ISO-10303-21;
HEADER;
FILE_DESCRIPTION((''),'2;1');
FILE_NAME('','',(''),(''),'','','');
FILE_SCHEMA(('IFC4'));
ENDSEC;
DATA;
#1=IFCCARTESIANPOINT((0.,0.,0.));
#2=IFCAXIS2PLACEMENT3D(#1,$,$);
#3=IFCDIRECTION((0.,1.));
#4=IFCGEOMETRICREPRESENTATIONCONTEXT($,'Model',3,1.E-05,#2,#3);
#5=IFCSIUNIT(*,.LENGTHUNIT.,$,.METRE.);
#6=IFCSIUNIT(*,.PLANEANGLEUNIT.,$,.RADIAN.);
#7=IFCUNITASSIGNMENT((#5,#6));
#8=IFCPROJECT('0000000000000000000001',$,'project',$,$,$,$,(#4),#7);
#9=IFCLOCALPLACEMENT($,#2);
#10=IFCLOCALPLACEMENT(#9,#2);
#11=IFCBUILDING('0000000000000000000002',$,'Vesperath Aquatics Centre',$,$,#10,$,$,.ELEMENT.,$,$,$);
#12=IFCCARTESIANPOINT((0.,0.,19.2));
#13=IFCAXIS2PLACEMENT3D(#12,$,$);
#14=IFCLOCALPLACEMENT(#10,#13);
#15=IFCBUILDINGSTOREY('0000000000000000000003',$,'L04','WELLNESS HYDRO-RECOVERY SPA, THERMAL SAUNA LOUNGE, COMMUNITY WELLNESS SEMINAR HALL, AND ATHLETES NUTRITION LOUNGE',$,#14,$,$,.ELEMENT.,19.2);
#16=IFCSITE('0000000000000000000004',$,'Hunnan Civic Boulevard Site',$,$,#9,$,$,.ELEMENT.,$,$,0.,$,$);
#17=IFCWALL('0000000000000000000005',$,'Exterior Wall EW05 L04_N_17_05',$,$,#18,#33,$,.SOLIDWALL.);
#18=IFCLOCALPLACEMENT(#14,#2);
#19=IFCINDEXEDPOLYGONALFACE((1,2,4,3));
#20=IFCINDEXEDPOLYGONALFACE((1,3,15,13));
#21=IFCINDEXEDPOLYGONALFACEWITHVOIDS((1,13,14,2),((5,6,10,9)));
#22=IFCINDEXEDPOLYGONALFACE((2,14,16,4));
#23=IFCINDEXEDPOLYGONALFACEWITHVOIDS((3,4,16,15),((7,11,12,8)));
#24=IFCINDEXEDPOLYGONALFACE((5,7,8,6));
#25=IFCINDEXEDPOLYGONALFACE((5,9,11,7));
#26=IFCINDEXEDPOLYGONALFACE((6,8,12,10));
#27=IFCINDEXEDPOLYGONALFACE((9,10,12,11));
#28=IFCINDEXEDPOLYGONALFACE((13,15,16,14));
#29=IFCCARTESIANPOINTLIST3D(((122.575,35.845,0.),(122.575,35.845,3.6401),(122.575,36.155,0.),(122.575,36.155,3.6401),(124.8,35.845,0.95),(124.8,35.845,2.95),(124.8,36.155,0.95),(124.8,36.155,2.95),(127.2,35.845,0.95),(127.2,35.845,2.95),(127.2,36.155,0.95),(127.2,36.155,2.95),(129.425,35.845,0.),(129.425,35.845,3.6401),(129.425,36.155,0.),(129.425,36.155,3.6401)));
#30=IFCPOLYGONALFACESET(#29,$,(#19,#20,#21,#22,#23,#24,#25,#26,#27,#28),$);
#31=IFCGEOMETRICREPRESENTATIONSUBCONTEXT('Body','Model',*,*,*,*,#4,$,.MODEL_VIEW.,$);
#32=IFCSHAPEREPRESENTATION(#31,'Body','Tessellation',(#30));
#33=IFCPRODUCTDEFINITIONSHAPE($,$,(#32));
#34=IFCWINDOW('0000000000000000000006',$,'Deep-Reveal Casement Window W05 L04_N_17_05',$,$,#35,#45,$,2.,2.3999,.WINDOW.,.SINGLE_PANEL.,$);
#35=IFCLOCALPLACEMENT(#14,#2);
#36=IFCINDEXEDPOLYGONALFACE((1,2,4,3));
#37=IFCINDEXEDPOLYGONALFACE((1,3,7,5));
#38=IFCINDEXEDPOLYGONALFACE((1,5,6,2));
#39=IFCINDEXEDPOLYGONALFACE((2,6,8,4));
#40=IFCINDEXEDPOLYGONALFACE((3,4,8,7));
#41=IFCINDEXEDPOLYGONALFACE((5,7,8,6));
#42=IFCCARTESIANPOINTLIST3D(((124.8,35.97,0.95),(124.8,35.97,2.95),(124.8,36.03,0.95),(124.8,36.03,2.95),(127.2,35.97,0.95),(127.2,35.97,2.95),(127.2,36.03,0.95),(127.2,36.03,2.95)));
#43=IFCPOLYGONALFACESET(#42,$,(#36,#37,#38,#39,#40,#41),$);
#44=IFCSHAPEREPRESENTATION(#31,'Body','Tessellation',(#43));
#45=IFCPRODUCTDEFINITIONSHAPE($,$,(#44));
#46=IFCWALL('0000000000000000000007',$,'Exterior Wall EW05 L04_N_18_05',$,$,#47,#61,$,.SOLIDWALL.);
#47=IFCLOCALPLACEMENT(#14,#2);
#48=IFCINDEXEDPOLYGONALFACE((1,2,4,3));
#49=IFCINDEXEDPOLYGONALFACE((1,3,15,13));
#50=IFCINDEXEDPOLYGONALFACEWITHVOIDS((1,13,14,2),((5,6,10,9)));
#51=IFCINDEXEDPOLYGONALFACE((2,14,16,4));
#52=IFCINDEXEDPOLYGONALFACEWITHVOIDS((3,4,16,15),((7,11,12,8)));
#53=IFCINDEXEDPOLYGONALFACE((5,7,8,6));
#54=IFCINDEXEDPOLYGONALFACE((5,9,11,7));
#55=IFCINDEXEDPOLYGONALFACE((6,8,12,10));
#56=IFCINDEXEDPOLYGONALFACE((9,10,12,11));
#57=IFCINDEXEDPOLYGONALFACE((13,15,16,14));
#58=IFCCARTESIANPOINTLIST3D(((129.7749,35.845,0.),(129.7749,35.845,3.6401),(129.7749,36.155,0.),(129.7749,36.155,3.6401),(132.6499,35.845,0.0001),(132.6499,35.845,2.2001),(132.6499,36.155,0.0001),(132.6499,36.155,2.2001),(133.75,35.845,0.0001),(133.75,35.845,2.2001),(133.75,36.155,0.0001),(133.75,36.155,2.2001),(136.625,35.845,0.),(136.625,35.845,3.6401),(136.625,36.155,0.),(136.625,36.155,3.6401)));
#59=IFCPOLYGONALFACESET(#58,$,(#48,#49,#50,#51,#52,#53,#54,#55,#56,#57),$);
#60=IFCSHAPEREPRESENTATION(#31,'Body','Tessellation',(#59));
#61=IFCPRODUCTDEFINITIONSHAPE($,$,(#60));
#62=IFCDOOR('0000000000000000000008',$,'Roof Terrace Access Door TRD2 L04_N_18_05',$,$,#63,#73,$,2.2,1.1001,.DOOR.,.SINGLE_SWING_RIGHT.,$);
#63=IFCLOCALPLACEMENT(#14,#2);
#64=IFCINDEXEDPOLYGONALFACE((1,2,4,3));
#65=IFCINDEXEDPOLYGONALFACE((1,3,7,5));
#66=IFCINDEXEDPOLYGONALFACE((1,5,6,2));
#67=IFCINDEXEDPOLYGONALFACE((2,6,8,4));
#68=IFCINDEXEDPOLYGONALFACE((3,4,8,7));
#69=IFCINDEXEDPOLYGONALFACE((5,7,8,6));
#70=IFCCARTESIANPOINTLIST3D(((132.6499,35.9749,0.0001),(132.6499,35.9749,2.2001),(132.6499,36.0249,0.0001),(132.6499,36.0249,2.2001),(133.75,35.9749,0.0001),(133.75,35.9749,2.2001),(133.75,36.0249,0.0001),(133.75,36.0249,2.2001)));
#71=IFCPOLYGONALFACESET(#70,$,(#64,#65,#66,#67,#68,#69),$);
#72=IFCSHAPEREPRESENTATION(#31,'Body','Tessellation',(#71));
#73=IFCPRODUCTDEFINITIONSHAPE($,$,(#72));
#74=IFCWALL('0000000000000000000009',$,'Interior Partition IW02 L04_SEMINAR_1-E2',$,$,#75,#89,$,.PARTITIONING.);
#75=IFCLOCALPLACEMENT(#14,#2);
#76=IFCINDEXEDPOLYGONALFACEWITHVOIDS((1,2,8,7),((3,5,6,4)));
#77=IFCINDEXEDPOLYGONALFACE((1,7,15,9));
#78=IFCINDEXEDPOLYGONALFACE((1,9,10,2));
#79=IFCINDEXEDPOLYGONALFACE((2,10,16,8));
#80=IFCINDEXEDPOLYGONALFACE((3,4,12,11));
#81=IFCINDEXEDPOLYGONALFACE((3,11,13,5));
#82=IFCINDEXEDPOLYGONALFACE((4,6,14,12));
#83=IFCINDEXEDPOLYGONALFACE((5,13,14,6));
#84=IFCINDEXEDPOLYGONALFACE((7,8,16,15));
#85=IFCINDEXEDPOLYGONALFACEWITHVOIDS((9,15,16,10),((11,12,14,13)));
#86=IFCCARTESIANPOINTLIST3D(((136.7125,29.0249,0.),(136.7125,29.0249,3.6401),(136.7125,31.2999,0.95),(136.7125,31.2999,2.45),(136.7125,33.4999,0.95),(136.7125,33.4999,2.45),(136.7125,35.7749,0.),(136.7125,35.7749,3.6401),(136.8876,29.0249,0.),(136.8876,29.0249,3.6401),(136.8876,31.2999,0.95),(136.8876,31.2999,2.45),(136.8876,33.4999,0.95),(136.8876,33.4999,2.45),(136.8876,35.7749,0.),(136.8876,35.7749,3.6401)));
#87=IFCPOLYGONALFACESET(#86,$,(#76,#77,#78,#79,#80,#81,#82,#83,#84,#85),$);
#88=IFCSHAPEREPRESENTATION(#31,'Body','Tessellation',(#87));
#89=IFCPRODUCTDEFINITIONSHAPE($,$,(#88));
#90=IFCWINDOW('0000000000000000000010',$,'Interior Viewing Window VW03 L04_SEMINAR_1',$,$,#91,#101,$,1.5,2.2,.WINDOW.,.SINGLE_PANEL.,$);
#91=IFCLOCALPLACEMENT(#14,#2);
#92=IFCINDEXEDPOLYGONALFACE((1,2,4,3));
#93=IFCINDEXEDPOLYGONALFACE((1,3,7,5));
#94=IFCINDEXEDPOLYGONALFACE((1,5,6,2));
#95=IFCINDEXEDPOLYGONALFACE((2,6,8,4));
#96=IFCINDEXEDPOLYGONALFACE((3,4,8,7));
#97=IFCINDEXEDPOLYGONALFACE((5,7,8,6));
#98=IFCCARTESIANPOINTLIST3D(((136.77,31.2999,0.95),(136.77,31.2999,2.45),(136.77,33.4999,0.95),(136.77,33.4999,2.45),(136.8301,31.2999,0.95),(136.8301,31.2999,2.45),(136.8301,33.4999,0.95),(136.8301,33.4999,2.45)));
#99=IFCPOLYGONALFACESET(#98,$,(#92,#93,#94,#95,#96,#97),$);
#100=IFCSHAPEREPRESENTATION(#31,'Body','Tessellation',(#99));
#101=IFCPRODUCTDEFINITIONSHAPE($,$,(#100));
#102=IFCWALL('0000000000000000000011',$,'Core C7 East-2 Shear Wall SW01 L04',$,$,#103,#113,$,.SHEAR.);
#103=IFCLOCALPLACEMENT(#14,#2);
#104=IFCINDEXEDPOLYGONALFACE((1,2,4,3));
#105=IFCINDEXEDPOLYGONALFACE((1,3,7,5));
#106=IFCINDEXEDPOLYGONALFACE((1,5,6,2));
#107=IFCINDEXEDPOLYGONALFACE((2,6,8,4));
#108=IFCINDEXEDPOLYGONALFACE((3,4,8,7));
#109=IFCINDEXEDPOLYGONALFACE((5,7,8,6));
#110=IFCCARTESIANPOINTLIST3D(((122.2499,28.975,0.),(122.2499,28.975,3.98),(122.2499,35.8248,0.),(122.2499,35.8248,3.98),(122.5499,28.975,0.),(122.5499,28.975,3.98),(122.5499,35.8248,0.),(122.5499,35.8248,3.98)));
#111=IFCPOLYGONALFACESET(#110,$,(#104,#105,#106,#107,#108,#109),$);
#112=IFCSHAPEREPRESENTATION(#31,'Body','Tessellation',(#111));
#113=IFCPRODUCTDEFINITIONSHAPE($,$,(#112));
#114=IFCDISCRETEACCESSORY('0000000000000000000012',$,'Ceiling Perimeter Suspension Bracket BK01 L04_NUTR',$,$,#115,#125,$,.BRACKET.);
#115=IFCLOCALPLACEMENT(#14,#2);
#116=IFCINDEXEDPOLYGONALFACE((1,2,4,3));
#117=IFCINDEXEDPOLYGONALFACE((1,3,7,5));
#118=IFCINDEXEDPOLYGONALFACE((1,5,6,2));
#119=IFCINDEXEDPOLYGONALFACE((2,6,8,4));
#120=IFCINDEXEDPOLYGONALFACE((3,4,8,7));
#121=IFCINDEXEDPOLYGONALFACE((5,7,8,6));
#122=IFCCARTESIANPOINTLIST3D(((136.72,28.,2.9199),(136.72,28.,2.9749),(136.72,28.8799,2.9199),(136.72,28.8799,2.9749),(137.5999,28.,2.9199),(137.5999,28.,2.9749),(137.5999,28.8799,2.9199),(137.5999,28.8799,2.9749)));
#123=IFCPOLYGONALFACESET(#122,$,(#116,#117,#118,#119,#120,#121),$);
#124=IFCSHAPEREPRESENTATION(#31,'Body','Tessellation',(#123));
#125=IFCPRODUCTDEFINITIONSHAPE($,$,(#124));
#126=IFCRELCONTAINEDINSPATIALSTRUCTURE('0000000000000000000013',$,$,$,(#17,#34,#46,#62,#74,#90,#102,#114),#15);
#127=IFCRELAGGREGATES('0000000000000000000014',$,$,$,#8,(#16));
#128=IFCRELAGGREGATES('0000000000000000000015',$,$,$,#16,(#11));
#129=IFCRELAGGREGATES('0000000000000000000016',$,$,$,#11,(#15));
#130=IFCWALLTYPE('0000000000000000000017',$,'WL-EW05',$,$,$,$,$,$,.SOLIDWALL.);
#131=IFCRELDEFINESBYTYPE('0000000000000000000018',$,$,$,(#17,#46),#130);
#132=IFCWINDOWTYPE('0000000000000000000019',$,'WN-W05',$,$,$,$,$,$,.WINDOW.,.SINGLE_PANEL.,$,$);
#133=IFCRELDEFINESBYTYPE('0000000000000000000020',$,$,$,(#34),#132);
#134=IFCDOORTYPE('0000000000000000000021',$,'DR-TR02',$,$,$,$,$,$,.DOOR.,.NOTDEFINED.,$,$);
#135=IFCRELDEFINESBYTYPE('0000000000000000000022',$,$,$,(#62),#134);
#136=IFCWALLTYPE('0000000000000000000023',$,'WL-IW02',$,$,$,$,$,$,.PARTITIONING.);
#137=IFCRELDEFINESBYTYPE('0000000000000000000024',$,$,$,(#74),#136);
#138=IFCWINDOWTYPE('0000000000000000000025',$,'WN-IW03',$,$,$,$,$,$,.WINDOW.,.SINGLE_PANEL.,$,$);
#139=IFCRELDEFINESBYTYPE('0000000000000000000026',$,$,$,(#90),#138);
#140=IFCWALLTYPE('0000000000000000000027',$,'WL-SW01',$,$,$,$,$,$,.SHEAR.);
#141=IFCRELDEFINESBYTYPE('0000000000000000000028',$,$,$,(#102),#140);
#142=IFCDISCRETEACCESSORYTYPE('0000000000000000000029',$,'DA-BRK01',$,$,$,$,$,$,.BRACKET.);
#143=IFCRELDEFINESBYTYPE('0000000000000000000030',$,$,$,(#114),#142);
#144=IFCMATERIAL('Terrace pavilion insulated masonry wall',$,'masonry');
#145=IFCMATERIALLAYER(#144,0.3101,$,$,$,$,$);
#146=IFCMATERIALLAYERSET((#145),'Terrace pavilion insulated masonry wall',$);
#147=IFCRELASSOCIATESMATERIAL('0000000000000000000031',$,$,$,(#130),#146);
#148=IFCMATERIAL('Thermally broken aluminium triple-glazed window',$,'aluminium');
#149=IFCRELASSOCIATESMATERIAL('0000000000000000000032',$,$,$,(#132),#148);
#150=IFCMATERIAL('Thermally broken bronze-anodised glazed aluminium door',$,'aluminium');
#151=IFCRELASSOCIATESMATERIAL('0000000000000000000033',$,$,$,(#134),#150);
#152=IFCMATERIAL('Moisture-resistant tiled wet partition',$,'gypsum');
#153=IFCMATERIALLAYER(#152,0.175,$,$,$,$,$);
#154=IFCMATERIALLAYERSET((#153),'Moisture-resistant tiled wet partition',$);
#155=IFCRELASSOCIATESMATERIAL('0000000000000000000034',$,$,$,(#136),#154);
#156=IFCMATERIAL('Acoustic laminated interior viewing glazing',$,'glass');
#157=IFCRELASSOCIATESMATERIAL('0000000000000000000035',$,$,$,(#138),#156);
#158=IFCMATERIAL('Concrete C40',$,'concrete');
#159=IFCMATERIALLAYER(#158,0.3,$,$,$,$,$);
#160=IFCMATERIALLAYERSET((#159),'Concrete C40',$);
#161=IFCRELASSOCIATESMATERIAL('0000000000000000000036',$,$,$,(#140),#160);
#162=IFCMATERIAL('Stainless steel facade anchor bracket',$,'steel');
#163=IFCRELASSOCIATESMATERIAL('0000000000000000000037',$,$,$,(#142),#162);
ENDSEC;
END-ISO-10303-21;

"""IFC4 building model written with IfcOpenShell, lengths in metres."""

from ifc_helpers import new_model, si_unit, direction, frame, frame_2d, origin, origin_2d, place, context, subcontext, project, spatial, rectangle, extrude, material, layer, layer_set, type_object, element, fill, save


model = new_model("IFC4")

# Units and contexts
model_context = context("Model", 3, precision=1e-05, world=origin(), true_north=direction((0.0, 1.0)))
body_context = subcontext(model_context, "Body", "Model", "MODEL_VIEW")
ifc_project = project(units=[si_unit("LENGTHUNIT", "METRE"), si_unit("PLANEANGLEUNIT", "RADIAN")], contexts=[model_context])

# Site, building, storey
site_placement = place(None, origin())
site = spatial("IfcSite", under=ifc_project, at=site_placement, Name="Hunnan Civic Boulevard Site", CompositionType="ELEMENT", RefElevation=0.0)
building_placement = place(site_placement, origin())
building = spatial("IfcBuilding", under=site, at=building_placement, Name="Vesperath Aquatics Centre", CompositionType="ELEMENT")
storey_placement = place(building_placement, frame((0.0, 0.0, 19.2)))
storey = spatial("IfcBuildingStorey", under=building, at=storey_placement, Name="L04", Description="WELLNESS HYDRO-RECOVERY SPA, THERMAL SAUNA LOUNGE, COMMUNITY WELLNESS SEMINAR HALL, AND ATHLETES NUTRITION LOUNGE", CompositionType="ELEMENT", Elevation=19.2)

# Wall, opening, window
ifc_material_1 = material(Name="Thermally broken aluminium triple-glazed window", Category="aluminium")
ifc_material_2 = material(Name="Terrace pavilion insulated masonry wall", Category="masonry")
ifc_layer_1 = layer(ifc_material_2, 0.3101)
ifc_layer_set_1 = layer_set([ifc_layer_1], Name="Terrace pavilion insulated masonry wall")
wall_type_1 = type_object("IfcWallType", Name="WL-EW05", PredefinedType="SOLIDWALL", material=ifc_layer_set_1)
wall_1_placement = place(storey_placement, frame((122.575, 36.0, 0.0), z_axis=(0.0, 0.0, 1.0), x_axis=(1.0, 0.0, 0.0)))
wall_1 = element("IfcWall", 1, at=wall_1_placement, inside=storey, type_object=wall_type_1, Name="Exterior Wall EW05 L04_N_17_05", PredefinedType="SOLIDWALL", context=body_context, shape_type="SweptSolid", body=[
    extrude(rectangle(XDim=6.8501, YDim=0.3101, at=frame_2d((3.425, 0.0))), origin(), (0.0, 0.0, 1.0), 3.6401),
])
opening_1_placement = place(wall_1_placement, frame((2.2251, 0.0, 0.95)))
opening_1 = element("IfcOpeningElement", 2, at=opening_1_placement, cuts=wall_1, PredefinedType="OPENING", context=body_context, shape_type="SweptSolid", body=[
    extrude(rectangle(XDim=2.3999, YDim=2.0, at=frame_2d((1.2, 1.0))), frame((0.0, 0.1699, 0.0), z_axis=(0.0, -1.0, 0.0), x_axis=(1.0, 0.0, 0.0)), (0.0, 0.0, 1.0), 0.3398),
])
window_type_1 = type_object("IfcWindowType", Name="WN-W05", PartitioningType="SINGLE_PANEL", PredefinedType="WINDOW", material=ifc_material_1)
window_1_placement = place(opening_1_placement, origin())
window_1 = element("IfcWindow", 3, at=window_1_placement, inside=storey, type_object=window_type_1, Name="Deep-Reveal Casement Window W05 L04_N_17_05", OverallHeight=2.0, OverallWidth=2.3999, PartitioningType="SINGLE_PANEL", PredefinedType="WINDOW", context=body_context, shape_type="SweptSolid", body=[
    extrude(rectangle(XDim=2.3999, YDim=2.0, at=frame_2d((1.2, 1.0))), frame((0.0, 0.03, 0.0), z_axis=(0.0, -1.0, 0.0), x_axis=(1.0, 0.0, 0.0)), (0.0, 0.0, 1.0), 0.0601),
])
fill(opening_1, window_1)

# Wall, opening, door
wall_2_placement = place(storey_placement, frame((129.7749, 36.0, 0.0), z_axis=(0.0, 0.0, 1.0), x_axis=(1.0, 0.0, 0.0)))
wall_2 = element("IfcWall", 4, at=wall_2_placement, inside=storey, type_object=wall_type_1, Name="Exterior Wall EW05 L04_N_18_05", PredefinedType="SOLIDWALL", context=body_context, shape_type="SweptSolid", body=[
    extrude(rectangle(XDim=6.8501, YDim=0.3101, at=frame_2d((3.425, 0.0))), origin(), (0.0, 0.0, 1.0), 3.6401),
])
opening_2_placement = place(wall_2_placement, frame((2.875, 0.0, 0.0)))
opening_2 = element("IfcOpeningElement", 5, at=opening_2_placement, cuts=wall_2, PredefinedType="OPENING", context=body_context, shape_type="SweptSolid", body=[
    extrude(rectangle(XDim=1.1001, YDim=2.2, at=frame_2d((0.55, 1.1001))), frame((0.0, 0.1699, 0.0), z_axis=(0.0, -1.0, 0.0), x_axis=(1.0, 0.0, 0.0)), (0.0, 0.0, 1.0), 0.3398),
])
ifc_material_3 = material(Name="Thermally broken bronze-anodised glazed aluminium door", Category="aluminium")
door_type = type_object("IfcDoorType", Name="DR-TR02", OperationType="NOTDEFINED", PredefinedType="DOOR", material=ifc_material_3)
door_placement = place(opening_2_placement, origin())
door = element("IfcDoor", 6, at=door_placement, inside=storey, type_object=door_type, Name="Roof Terrace Access Door TRD2 L04_N_18_05", OperationType="SINGLE_SWING_RIGHT", OverallHeight=2.2, OverallWidth=1.1001, PredefinedType="DOOR", context=body_context, shape_type="SweptSolid", body=[
    extrude(rectangle(XDim=1.1001, YDim=2.2, at=frame_2d((0.55, 1.1001))), frame((0.0, 0.0249, 0.0), z_axis=(0.0, -1.0, 0.0), x_axis=(1.0, 0.0, 0.0)), (0.0, 0.0, 1.0), 0.05),
])
fill(opening_2, door)

# Wall, opening, window
ifc_material_4 = material(Name="Moisture-resistant tiled wet partition", Category="gypsum")
ifc_layer_2 = layer(ifc_material_4, 0.175)
ifc_layer_set_2 = layer_set([ifc_layer_2], Name="Moisture-resistant tiled wet partition")
wall_type_2 = type_object("IfcWallType", Name="WL-IW02", PredefinedType="PARTITIONING", material=ifc_layer_set_2)
wall_3_placement = place(storey_placement, frame((136.8, 29.0249, 0.0), z_axis=(0.0, 0.0, 1.0), x_axis=(0.0, 1.0, 0.0)))
wall_3 = element("IfcWall", 7, at=wall_3_placement, inside=storey, type_object=wall_type_2, Name="Interior Partition IW02 L04_SEMINAR_1-E2", PredefinedType="PARTITIONING", context=body_context, shape_type="SweptSolid", body=[
    extrude(rectangle(XDim=6.75, YDim=0.175, at=frame_2d((3.375, 0.0))), origin(), (0.0, 0.0, 1.0), 3.6401),
])
opening_3_placement = place(wall_3_placement, frame((2.2749, 0.0, 0.95)))
opening_3 = element("IfcOpeningElement", 8, at=opening_3_placement, cuts=wall_3, PredefinedType="OPENING", context=body_context, shape_type="SweptSolid", body=[
    extrude(rectangle(XDim=2.2, YDim=1.5, at=frame_2d((1.1001, 0.75))), frame((0.0, 0.1025, 0.0), z_axis=(0.0, -1.0, 0.0), x_axis=(1.0, 0.0, 0.0)), (0.0, 0.0, 1.0), 0.2048),
])
ifc_material_5 = material(Name="Acoustic laminated interior viewing glazing", Category="glass")
window_type_2 = type_object("IfcWindowType", Name="WN-IW03", PartitioningType="SINGLE_PANEL", PredefinedType="WINDOW", material=ifc_material_5)
window_2_placement = place(opening_3_placement, origin())
window_2 = element("IfcWindow", 9, at=window_2_placement, inside=storey, type_object=window_type_2, Name="Interior Viewing Window VW03 L04_SEMINAR_1", OverallHeight=1.5, OverallWidth=2.2, PartitioningType="SINGLE_PANEL", PredefinedType="WINDOW", context=body_context, shape_type="SweptSolid", body=[
    extrude(rectangle(XDim=2.2, YDim=1.5, at=frame_2d((1.1001, 0.75))), frame((0.0, 0.03, 0.0), z_axis=(0.0, -1.0, 0.0), x_axis=(1.0, 0.0, 0.0)), (0.0, 0.0, 1.0), 0.0601),
])
fill(opening_3, window_2)

# Wall
ifc_material_6 = material(Name="Concrete C40", Category="concrete")
ifc_layer_3 = layer(ifc_material_6, 0.3)
ifc_layer_set_3 = layer_set([ifc_layer_3], Name="Concrete C40")
wall_type_3 = type_object("IfcWallType", Name="WL-SW01", PredefinedType="SHEAR", material=ifc_layer_set_3)
wall_4_placement = place(storey_placement, frame((122.3999, 28.9751, 0.0), z_axis=(0.0, 0.0, 1.0), x_axis=(0.0, 1.0, 0.0)))
element("IfcWall", 10, at=wall_4_placement, inside=storey, type_object=wall_type_3, Name="Core C7 East-2 Shear Wall SW01 L04", PredefinedType="SHEAR", context=body_context, shape_type="SweptSolid", body=[
    extrude(rectangle(XDim=6.8499, YDim=0.3, at=frame_2d((3.4248, 0.0))), origin(), (0.0, 0.0, 1.0), 3.98),
])

# Discrete accessory
ifc_material_7 = material(Name="Stainless steel facade anchor bracket", Category="steel")
discrete_accessory_type = type_object("IfcDiscreteAccessoryType", Name="DA-BRK01", PredefinedType="BRACKET", material=ifc_material_7)
discrete_accessory_placement = place(storey_placement, frame((137.1599, 28.4399, 2.9199), z_axis=(0.0, 0.0, 1.0), x_axis=(1.0, 0.0, 0.0)))
element("IfcDiscreteAccessory", 11, at=discrete_accessory_placement, inside=storey, type_object=discrete_accessory_type, Name="Ceiling Perimeter Suspension Bracket BK01 L04_NUTR", PredefinedType="BRACKET", context=body_context, shape_type="SweptSolid", body=[
    extrude(rectangle(XDim=0.8799, YDim=0.8799, at=origin_2d()), origin(), (0.0, 0.0, 1.0), 0.0549),
])

save(model, "model.ifc")
